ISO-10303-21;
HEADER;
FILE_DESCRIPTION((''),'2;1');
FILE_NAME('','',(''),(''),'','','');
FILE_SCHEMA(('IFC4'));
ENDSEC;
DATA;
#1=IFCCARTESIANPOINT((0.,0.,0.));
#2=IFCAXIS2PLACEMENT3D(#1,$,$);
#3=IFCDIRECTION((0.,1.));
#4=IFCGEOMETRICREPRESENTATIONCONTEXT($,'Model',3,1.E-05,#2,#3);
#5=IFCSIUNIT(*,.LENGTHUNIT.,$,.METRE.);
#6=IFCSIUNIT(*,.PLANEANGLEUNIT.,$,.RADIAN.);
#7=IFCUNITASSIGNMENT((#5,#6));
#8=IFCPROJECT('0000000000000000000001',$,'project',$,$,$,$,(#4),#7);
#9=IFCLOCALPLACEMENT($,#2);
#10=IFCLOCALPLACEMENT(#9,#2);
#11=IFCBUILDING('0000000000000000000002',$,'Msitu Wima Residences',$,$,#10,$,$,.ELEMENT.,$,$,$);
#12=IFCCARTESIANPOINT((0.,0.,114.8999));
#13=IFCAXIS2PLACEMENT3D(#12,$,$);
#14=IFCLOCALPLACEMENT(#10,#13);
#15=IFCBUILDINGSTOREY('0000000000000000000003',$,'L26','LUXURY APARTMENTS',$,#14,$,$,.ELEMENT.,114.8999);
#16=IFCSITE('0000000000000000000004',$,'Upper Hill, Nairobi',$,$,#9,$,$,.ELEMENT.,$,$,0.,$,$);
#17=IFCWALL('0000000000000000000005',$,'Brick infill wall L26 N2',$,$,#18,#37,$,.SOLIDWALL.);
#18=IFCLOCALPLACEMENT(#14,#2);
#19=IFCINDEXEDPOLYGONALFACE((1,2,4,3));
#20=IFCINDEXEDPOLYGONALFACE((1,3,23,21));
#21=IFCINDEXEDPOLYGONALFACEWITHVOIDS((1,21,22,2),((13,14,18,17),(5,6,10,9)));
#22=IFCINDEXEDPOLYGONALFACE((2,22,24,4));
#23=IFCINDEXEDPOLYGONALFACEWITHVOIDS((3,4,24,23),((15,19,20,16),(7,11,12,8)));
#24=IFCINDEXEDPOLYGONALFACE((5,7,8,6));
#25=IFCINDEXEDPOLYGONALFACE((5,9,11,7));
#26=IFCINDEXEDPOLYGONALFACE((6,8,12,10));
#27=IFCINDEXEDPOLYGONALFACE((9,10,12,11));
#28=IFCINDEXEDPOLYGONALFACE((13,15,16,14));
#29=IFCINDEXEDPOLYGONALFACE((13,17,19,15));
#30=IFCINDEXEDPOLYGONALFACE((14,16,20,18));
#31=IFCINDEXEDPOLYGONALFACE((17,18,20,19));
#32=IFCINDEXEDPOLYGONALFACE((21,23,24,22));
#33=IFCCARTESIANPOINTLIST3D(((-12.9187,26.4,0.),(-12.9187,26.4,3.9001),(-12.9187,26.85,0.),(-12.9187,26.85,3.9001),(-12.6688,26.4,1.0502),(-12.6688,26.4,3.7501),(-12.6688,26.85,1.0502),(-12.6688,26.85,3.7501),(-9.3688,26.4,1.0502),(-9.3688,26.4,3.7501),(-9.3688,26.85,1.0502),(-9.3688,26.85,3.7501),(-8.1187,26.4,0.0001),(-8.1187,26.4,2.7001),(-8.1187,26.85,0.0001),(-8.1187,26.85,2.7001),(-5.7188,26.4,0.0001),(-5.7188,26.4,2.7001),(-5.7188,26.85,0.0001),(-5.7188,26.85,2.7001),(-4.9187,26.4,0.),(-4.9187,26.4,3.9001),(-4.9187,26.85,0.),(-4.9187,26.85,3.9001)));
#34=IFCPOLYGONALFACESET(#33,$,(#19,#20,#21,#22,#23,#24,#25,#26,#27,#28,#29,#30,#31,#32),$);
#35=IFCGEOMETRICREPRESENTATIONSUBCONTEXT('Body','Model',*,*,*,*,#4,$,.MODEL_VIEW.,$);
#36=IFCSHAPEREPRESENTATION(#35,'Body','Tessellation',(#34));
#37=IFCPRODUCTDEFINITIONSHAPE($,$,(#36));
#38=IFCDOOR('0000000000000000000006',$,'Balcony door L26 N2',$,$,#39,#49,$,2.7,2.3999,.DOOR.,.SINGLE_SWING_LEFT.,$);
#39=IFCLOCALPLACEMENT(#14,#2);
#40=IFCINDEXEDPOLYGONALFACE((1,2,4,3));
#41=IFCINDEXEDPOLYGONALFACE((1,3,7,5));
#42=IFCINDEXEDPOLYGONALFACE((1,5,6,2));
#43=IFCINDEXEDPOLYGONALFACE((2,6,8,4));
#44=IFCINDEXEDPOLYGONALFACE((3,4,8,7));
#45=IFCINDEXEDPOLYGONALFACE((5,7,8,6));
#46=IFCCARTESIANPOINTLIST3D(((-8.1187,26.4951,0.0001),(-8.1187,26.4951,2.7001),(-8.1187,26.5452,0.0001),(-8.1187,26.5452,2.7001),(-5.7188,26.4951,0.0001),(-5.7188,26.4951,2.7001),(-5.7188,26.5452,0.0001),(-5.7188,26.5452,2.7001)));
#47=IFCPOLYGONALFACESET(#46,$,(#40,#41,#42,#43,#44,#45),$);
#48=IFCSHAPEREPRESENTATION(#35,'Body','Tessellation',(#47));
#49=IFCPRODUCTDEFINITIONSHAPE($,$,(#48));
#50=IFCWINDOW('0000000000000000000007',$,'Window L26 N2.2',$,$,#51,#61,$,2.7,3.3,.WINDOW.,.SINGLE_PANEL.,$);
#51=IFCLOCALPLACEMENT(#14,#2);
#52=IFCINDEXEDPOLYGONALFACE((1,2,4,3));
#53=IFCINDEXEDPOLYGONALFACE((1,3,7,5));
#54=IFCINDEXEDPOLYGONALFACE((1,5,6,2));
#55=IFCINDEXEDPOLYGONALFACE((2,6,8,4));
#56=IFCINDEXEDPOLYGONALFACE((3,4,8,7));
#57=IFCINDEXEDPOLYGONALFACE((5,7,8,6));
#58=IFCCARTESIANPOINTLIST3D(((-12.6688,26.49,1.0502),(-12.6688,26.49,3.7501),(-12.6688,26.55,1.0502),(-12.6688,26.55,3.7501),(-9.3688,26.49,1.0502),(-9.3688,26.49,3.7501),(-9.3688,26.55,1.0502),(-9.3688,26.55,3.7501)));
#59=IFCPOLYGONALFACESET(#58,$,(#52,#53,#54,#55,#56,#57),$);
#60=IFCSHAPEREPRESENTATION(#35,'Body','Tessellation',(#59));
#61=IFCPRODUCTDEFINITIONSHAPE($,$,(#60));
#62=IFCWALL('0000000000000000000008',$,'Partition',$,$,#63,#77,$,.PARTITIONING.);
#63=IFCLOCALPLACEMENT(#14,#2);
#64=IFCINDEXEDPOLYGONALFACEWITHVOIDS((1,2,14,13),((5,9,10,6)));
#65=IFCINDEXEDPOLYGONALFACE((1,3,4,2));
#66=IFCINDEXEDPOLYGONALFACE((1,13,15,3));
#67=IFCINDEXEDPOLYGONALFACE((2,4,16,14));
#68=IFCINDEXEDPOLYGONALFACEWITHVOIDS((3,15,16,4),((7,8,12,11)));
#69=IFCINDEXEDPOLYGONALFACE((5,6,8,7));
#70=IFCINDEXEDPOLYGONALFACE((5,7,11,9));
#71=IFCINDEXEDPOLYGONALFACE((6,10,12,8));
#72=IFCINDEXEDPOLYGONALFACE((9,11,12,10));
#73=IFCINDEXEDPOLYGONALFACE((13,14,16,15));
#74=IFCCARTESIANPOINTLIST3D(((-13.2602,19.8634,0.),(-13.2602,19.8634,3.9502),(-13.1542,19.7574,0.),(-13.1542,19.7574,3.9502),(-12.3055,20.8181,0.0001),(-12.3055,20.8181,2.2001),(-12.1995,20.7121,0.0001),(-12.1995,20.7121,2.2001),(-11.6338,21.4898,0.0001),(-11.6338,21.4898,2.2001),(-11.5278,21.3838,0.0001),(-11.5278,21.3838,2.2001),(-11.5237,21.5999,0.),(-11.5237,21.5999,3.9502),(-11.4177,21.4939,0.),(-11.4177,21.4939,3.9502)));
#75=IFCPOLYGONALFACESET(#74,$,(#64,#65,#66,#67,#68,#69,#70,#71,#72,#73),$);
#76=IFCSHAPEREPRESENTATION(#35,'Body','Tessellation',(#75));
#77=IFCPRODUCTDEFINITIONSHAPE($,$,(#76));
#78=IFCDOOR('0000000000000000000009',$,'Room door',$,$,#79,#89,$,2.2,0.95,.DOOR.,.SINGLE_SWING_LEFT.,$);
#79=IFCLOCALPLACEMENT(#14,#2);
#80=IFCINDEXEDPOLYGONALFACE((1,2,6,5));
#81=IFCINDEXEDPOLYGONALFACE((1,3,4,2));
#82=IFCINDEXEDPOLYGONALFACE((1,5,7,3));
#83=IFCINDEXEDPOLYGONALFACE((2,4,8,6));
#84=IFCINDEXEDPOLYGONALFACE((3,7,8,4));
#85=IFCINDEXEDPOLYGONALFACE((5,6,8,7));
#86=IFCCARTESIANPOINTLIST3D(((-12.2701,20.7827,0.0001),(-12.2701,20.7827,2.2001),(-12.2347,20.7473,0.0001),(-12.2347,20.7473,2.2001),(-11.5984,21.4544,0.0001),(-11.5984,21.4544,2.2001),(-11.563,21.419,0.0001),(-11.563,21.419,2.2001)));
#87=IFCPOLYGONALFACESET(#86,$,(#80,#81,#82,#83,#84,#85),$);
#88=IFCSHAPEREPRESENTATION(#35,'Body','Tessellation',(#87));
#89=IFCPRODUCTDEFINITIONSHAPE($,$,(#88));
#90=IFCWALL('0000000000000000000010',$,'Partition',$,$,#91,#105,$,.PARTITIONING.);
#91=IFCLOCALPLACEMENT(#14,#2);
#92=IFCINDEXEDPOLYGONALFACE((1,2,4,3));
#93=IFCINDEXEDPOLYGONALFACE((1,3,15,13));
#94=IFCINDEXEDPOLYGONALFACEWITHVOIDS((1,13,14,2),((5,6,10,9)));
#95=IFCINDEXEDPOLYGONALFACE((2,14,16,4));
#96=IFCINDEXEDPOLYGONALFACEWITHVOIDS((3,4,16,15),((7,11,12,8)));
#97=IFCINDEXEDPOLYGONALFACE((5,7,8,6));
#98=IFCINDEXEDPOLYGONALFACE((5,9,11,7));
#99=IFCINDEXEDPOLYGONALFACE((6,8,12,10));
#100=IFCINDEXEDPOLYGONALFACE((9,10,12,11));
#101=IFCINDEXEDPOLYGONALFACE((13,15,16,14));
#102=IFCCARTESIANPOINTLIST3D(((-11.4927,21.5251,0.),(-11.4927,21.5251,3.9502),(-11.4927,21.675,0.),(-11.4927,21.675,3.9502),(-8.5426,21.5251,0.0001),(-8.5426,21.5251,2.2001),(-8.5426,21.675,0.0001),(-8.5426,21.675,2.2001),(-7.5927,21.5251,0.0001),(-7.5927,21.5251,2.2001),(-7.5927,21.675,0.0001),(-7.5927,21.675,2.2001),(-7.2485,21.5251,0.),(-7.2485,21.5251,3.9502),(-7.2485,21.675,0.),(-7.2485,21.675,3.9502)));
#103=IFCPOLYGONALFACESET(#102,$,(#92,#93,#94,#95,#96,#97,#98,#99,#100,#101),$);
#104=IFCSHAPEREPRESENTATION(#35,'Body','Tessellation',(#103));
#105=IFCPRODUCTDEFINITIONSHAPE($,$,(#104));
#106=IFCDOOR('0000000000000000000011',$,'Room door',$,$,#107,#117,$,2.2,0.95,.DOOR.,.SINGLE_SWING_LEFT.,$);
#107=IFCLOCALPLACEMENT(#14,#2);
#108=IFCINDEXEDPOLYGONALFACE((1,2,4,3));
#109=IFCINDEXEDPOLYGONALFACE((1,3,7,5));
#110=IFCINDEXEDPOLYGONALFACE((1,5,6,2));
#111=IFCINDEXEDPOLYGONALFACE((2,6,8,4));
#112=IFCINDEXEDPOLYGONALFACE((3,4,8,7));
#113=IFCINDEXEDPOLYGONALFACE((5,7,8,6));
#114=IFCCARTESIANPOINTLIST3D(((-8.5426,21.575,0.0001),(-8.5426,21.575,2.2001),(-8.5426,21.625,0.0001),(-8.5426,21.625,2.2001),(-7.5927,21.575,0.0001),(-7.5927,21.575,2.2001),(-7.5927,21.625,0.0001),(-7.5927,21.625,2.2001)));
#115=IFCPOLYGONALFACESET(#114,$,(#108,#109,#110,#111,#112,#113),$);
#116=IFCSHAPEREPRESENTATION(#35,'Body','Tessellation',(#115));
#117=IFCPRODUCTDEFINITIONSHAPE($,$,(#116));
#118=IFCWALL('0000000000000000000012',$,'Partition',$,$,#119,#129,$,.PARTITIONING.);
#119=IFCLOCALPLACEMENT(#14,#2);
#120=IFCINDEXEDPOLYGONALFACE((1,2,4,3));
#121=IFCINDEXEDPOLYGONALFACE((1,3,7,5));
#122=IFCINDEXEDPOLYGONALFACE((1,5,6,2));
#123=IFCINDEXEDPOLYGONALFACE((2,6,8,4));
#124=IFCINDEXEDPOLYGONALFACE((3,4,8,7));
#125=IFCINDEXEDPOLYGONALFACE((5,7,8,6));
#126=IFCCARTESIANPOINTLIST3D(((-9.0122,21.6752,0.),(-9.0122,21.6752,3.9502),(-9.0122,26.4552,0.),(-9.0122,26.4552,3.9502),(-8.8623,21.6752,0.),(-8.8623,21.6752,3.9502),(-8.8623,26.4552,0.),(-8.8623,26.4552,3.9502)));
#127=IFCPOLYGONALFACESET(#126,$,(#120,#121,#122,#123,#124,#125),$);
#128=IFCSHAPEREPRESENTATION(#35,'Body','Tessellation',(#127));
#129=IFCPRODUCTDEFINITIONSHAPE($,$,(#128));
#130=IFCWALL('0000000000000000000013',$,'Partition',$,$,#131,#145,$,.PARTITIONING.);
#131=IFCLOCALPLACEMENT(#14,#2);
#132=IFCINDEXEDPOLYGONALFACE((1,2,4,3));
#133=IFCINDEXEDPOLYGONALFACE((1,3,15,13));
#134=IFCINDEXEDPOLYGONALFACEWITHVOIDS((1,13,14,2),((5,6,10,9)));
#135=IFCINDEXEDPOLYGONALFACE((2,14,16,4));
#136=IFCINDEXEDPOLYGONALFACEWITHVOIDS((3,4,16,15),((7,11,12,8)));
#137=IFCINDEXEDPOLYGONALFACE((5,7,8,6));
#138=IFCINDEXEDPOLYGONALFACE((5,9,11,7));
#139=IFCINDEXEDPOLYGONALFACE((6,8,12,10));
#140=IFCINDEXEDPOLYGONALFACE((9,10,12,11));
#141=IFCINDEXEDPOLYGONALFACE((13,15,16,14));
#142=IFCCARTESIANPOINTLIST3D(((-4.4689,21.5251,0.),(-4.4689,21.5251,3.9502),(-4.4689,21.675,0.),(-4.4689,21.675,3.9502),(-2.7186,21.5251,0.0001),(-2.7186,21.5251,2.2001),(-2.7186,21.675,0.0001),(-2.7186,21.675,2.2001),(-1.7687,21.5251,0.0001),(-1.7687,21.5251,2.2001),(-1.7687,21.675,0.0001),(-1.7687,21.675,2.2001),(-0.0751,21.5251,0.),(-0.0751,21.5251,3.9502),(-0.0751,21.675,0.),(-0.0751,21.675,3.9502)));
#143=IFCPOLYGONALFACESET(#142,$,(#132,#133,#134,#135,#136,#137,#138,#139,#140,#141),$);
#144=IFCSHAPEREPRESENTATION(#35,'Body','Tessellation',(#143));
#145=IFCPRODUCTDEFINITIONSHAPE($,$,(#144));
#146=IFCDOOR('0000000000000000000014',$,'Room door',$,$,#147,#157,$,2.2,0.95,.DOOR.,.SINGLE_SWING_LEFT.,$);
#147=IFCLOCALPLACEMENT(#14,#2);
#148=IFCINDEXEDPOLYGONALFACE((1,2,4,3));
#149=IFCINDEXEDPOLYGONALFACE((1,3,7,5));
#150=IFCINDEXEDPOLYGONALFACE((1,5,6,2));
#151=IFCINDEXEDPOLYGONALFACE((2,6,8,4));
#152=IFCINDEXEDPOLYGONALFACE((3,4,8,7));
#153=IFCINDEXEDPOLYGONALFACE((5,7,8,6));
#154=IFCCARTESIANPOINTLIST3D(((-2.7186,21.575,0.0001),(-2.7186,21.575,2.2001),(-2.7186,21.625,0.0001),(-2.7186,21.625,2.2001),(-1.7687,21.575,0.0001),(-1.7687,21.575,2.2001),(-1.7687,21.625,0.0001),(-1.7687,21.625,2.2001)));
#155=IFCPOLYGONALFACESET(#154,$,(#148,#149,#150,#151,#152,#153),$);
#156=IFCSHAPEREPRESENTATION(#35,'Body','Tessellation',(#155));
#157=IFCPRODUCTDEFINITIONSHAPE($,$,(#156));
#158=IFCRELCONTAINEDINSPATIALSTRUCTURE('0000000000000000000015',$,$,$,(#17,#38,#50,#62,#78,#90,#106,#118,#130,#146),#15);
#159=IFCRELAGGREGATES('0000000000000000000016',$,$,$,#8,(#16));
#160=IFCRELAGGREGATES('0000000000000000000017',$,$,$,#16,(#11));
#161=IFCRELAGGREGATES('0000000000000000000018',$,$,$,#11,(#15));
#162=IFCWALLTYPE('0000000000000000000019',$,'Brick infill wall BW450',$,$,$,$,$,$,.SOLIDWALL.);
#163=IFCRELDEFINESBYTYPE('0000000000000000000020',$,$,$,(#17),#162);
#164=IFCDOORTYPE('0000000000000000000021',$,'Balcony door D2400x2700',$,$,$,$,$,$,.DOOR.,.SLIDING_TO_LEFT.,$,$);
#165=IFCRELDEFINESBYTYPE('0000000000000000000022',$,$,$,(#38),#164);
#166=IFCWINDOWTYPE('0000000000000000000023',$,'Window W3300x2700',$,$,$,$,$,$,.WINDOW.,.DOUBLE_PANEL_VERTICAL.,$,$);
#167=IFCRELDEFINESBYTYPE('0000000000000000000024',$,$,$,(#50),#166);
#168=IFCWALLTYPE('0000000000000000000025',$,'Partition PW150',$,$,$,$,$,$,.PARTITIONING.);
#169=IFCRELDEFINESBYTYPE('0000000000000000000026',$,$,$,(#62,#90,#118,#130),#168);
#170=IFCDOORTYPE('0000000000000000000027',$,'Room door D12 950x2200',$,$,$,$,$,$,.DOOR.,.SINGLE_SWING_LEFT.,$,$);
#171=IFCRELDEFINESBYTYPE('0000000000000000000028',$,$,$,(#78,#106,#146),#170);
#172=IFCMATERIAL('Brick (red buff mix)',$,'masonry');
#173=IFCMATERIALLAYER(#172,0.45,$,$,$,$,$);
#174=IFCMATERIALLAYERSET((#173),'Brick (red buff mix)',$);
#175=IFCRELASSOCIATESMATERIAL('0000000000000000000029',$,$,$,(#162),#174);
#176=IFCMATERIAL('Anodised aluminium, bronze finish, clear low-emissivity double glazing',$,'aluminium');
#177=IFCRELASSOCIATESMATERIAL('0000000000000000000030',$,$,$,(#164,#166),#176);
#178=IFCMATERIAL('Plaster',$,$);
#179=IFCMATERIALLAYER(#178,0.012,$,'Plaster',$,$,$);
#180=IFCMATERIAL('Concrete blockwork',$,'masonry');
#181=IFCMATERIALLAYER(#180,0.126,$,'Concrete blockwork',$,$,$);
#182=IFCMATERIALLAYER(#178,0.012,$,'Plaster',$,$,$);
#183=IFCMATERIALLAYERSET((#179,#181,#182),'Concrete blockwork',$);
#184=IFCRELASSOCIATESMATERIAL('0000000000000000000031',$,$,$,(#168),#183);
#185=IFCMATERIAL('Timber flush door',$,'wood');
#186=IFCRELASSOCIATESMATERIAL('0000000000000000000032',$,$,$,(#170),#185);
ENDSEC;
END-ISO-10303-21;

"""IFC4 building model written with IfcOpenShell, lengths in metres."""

from ifc_helpers import new_model, si_unit, direction, frame, frame_2d, origin, place, context, subcontext, project, spatial, rectangle, extrude, material, layer, layer_set, type_object, element, fill, save


model = new_model("IFC4")

# Units and contexts
model_context = context("Model", 3, precision=1e-05, world=origin(), true_north=direction((0.0, 1.0)))
body_context = subcontext(model_context, "Body", "Model", "MODEL_VIEW")
ifc_project = project(units=[si_unit("LENGTHUNIT", "METRE"), si_unit("PLANEANGLEUNIT", "RADIAN")], contexts=[model_context])

# Site, building, storey
site_placement = place(None, origin())
site = spatial("IfcSite", under=ifc_project, at=site_placement, Name="Upper Hill, Nairobi", CompositionType="ELEMENT", RefElevation=0.0)
building_placement = place(site_placement, origin())
building = spatial("IfcBuilding", under=site, at=building_placement, Name="Msitu Wima Residences", CompositionType="ELEMENT")
storey_placement = place(building_placement, frame((0.0, 0.0, 114.8999)))
storey = spatial("IfcBuildingStorey", under=building, at=storey_placement, Name="L26", Description="LUXURY APARTMENTS", CompositionType="ELEMENT", Elevation=114.8999)

# Wall, openings, door, window
ifc_material_1 = material(Name="Brick (red buff mix)", Category="masonry")
ifc_layer_1 = layer(ifc_material_1, 0.45)
ifc_layer_set_1 = layer_set([ifc_layer_1], Name="Brick (red buff mix)")
wall_type_1 = type_object("IfcWallType", Name="Brick infill wall BW450", PredefinedType="SOLIDWALL", material=ifc_layer_set_1)
wall_1_placement = place(storey_placement, frame((-4.9187, 26.625, 0.0), z_axis=(0.0, 0.0, 1.0), x_axis=(-1.0, 0.0, 0.0)))
wall_1 = element("IfcWall", 1, at=wall_1_placement, inside=storey, type_object=wall_type_1, Name="Brick infill wall L26 N2", PredefinedType="SOLIDWALL", context=body_context, shape_type="SweptSolid", body=[
    extrude(rectangle(XDim=8.0, YDim=0.45, at=frame_2d((4.0, 0.0))), origin(), (0.0, 0.0, 1.0), 3.9001),
])
opening_1_placement = place(wall_1_placement, frame((0.8, 0.0, 0.0)))
opening_1 = element("IfcOpeningElement", 2, at=opening_1_placement, cuts=wall_1, PredefinedType="OPENING", context=body_context, shape_type="SweptSolid", body=[
    extrude(rectangle(XDim=2.3999, YDim=2.7, at=frame_2d((1.2, 1.3501))), frame((0.0, 0.2349, 0.0), z_axis=(0.0, -1.0, 0.0), x_axis=(1.0, 0.0, 0.0)), (0.0, 0.0, 1.0), 0.47),
])
opening_2_placement = place(wall_1_placement, frame((4.4502, 0.0, 1.05)))
opening_2 = element("IfcOpeningElement", 3, at=opening_2_placement, cuts=wall_1, PredefinedType="OPENING", context=body_context, shape_type="SweptSolid", body=[
    extrude(rectangle(XDim=3.3, YDim=2.7, at=frame_2d((1.6499, 1.3501))), frame((0.0, 0.2349, 0.0), z_axis=(0.0, -1.0, 0.0), x_axis=(1.0, 0.0, 0.0)), (0.0, 0.0, 1.0), 0.47),
])
ifc_material_2 = material(Name="Anodised aluminium, bronze finish, clear low-emissivity double glazing", Category="aluminium")
door_type_1 = type_object("IfcDoorType", Name="Balcony door D2400x2700", OperationType="SLIDING_TO_LEFT", PredefinedType="DOOR", material=ifc_material_2)
door_1_placement = place(opening_1_placement, origin())
door_1 = element("IfcDoor", 4, at=door_1_placement, inside=storey, type_object=door_type_1, Name="Balcony door L26 N2", OperationType="SINGLE_SWING_LEFT", OverallHeight=2.7, OverallWidth=2.3999, PredefinedType="DOOR", context=body_context, shape_type="SweptSolid", body=[
    extrude(rectangle(XDim=2.3999, YDim=2.7, at=frame_2d((1.2, 1.3501))), frame((0.0, 0.1299, 0.0), z_axis=(0.0, -1.0, 0.0), x_axis=(1.0, 0.0, 0.0)), (0.0, 0.0, 1.0), 0.05),
])
fill(opening_1, door_1)
window_type = type_object("IfcWindowType", Name="Window W3300x2700", PartitioningType="DOUBLE_PANEL_VERTICAL", PredefinedType="WINDOW", material=ifc_material_2)
window_placement = place(opening_2_placement, origin())
window = element("IfcWindow", 5, at=window_placement, inside=storey, type_object=window_type, Name="Window L26 N2.2", OverallHeight=2.7, OverallWidth=3.3, PartitioningType="SINGLE_PANEL", PredefinedType="WINDOW", context=body_context, shape_type="SweptSolid", body=[
    extrude(rectangle(XDim=3.3, YDim=2.7, at=frame_2d((1.6499, 1.3501))), frame((0.0, 0.135, 0.0), z_axis=(0.0, -1.0, 0.0), x_axis=(1.0, 0.0, 0.0)), (0.0, 0.0, 1.0), 0.0601),
])
fill(opening_2, window)

# Walls, openings, doors
ifc_material_3 = material(Name="Plaster")
ifc_layer_2 = layer(ifc_material_3, 0.012, Name="Plaster")
ifc_material_4 = material(Name="Concrete blockwork", Category="masonry")
ifc_layer_3 = layer(ifc_material_4, 0.126, Name="Concrete blockwork")
ifc_layer_4 = layer(ifc_material_3, 0.012, Name="Plaster")
ifc_layer_set_2 = layer_set([ifc_layer_2, ifc_layer_3, ifc_layer_4], Name="Concrete blockwork")
wall_type_2 = type_object("IfcWallType", Name="Partition PW150", PredefinedType="PARTITIONING", material=ifc_layer_set_2)
wall_2_placement = place(storey_placement, frame((-13.2073, 19.8103, 0.0), z_axis=(0.0, 0.0, 1.0), x_axis=(0.707107, 0.707107, 0.0)))
wall_2 = element("IfcWall", 6, at=wall_2_placement, inside=storey, type_object=wall_type_2, Name="Partition", PredefinedType="PARTITIONING", context=body_context, shape_type="SweptSolid", body=[
    extrude(rectangle(XDim=2.4558, YDim=0.1499, at=frame_2d((1.228, 0.0))), origin(), (0.0, 0.0, 1.0), 3.9502),
])
opening_3_placement = place(wall_2_placement, frame((1.3501, 0.0, 0.0)))
opening_3 = element("IfcOpeningElement", 7, at=opening_3_placement, cuts=wall_2, PredefinedType="OPENING", context=body_context, shape_type="SweptSolid", body=[
    extrude(rectangle(XDim=0.95, YDim=2.2, at=frame_2d((0.4751, 1.1001))), frame((0.0, 0.085, 0.0), z_axis=(0.0, -1.0, 0.0), x_axis=(1.0, 0.0, 0.0)), (0.0, 0.0, 1.0), 0.1699),
])
ifc_material_5 = material(Name="Timber flush door", Category="wood")
door_type_2 = type_object("IfcDoorType", Name="Room door D12 950x2200", OperationType="SINGLE_SWING_LEFT", PredefinedType="DOOR", material=ifc_material_5)
door_2_placement = place(opening_3_placement, origin())
door_2 = element("IfcDoor", 8, at=door_2_placement, inside=storey, type_object=door_type_2, Name="Room door", OperationType="SINGLE_SWING_LEFT", OverallHeight=2.2, OverallWidth=0.95, PredefinedType="DOOR", context=body_context, shape_type="SweptSolid", body=[
    extrude(rectangle(XDim=0.95, YDim=2.2, at=frame_2d((0.4751, 1.1001))), frame((0.0, 0.0249, 0.0), z_axis=(0.0, -1.0, 0.0), x_axis=(1.0, 0.0, 0.0)), (0.0, 0.0, 1.0), 0.05),
])
fill(opening_3, door_2)
wall_3_placement = place(storey_placement, frame((-11.4927, 21.6001, 0.0), z_axis=(0.0, 0.0, 1.0), x_axis=(1.0, 0.0, 0.0)))
wall_3 = element("IfcWall", 9, at=wall_3_placement, inside=storey, type_object=wall_type_2, Name="Partition", PredefinedType="PARTITIONING", context=body_context, shape_type="SweptSolid", body=[
    extrude(rectangle(XDim=4.2441, YDim=0.1499, at=frame_2d((2.1221, 0.0))), origin(), (0.0, 0.0, 1.0), 3.9502),
])
opening_4_placement = place(wall_3_placement, frame((2.95, 0.0, 0.0)))
opening_4 = element("IfcOpeningElement", 10, at=opening_4_placement, cuts=wall_3, PredefinedType="OPENING", context=body_context, shape_type="SweptSolid", body=[
    extrude(rectangle(XDim=0.95, YDim=2.2, at=frame_2d((0.4751, 1.1001))), frame((0.0, 0.085, 0.0), z_axis=(0.0, -1.0, 0.0), x_axis=(1.0, 0.0, 0.0)), (0.0, 0.0, 1.0), 0.1699),
])
door_3_placement = place(opening_4_placement, origin())
door_3 = element("IfcDoor", 11, at=door_3_placement, inside=storey, type_object=door_type_2, Name="Room door", OperationType="SINGLE_SWING_LEFT", OverallHeight=2.2, OverallWidth=0.95, PredefinedType="DOOR", context=body_context, shape_type="SweptSolid", body=[
    extrude(rectangle(XDim=0.95, YDim=2.2, at=frame_2d((0.4751, 1.1001))), frame((0.0, 0.0249, 0.0), z_axis=(0.0, -1.0, 0.0), x_axis=(1.0, 0.0, 0.0)), (0.0, 0.0, 1.0), 0.05),
])
fill(opening_4, door_3)

# Wall
wall_4_placement = place(storey_placement, frame((-8.9373, 21.675, 0.0), z_axis=(0.0, 0.0, 1.0), x_axis=(0.0, 1.0, 0.0)))
element("IfcWall", 12, at=wall_4_placement, inside=storey, type_object=wall_type_2, Name="Partition", PredefinedType="PARTITIONING", context=body_context, shape_type="SweptSolid", body=[
    extrude(rectangle(XDim=4.78, YDim=0.1499, at=frame_2d((2.3901, 0.0))), origin(), (0.0, 0.0, 1.0), 3.9502),
])

# Wall, opening, door
wall_5_placement = place(storey_placement, frame((-4.4688, 21.6001, 0.0), z_axis=(0.0, 0.0, 1.0), x_axis=(1.0, 0.0, 0.0)))
wall_5 = element("IfcWall", 13, at=wall_5_placement, inside=storey, type_object=wall_type_2, Name="Partition", PredefinedType="PARTITIONING", context=body_context, shape_type="SweptSolid", body=[
    extrude(rectangle(XDim=4.3938, YDim=0.1499, at=frame_2d((2.1968, 0.0))), origin(), (0.0, 0.0, 1.0), 3.9502),
])
opening_5_placement = place(wall_5_placement, frame((1.75, 0.0, 0.0)))
opening_5 = element("IfcOpeningElement", 14, at=opening_5_placement, cuts=wall_5, PredefinedType="OPENING", context=body_context, shape_type="SweptSolid", body=[
    extrude(rectangle(XDim=0.95, YDim=2.2, at=frame_2d((0.4751, 1.1001))), frame((0.0, 0.085, 0.0), z_axis=(0.0, -1.0, 0.0), x_axis=(1.0, 0.0, 0.0)), (0.0, 0.0, 1.0), 0.1699),
])
door_4_placement = place(opening_5_placement, origin())
door_4 = element("IfcDoor", 15, at=door_4_placement, inside=storey, type_object=door_type_2, Name="Room door", OperationType="SINGLE_SWING_LEFT", OverallHeight=2.2, OverallWidth=0.95, PredefinedType="DOOR", context=body_context, shape_type="SweptSolid", body=[
    extrude(rectangle(XDim=0.95, YDim=2.2, at=frame_2d((0.4751, 1.1001))), frame((0.0, 0.0249, 0.0), z_axis=(0.0, -1.0, 0.0), x_axis=(1.0, 0.0, 0.0)), (0.0, 0.0, 1.0), 0.05),
])
fill(opening_5, door_4)

save(model, "model.ifc")
